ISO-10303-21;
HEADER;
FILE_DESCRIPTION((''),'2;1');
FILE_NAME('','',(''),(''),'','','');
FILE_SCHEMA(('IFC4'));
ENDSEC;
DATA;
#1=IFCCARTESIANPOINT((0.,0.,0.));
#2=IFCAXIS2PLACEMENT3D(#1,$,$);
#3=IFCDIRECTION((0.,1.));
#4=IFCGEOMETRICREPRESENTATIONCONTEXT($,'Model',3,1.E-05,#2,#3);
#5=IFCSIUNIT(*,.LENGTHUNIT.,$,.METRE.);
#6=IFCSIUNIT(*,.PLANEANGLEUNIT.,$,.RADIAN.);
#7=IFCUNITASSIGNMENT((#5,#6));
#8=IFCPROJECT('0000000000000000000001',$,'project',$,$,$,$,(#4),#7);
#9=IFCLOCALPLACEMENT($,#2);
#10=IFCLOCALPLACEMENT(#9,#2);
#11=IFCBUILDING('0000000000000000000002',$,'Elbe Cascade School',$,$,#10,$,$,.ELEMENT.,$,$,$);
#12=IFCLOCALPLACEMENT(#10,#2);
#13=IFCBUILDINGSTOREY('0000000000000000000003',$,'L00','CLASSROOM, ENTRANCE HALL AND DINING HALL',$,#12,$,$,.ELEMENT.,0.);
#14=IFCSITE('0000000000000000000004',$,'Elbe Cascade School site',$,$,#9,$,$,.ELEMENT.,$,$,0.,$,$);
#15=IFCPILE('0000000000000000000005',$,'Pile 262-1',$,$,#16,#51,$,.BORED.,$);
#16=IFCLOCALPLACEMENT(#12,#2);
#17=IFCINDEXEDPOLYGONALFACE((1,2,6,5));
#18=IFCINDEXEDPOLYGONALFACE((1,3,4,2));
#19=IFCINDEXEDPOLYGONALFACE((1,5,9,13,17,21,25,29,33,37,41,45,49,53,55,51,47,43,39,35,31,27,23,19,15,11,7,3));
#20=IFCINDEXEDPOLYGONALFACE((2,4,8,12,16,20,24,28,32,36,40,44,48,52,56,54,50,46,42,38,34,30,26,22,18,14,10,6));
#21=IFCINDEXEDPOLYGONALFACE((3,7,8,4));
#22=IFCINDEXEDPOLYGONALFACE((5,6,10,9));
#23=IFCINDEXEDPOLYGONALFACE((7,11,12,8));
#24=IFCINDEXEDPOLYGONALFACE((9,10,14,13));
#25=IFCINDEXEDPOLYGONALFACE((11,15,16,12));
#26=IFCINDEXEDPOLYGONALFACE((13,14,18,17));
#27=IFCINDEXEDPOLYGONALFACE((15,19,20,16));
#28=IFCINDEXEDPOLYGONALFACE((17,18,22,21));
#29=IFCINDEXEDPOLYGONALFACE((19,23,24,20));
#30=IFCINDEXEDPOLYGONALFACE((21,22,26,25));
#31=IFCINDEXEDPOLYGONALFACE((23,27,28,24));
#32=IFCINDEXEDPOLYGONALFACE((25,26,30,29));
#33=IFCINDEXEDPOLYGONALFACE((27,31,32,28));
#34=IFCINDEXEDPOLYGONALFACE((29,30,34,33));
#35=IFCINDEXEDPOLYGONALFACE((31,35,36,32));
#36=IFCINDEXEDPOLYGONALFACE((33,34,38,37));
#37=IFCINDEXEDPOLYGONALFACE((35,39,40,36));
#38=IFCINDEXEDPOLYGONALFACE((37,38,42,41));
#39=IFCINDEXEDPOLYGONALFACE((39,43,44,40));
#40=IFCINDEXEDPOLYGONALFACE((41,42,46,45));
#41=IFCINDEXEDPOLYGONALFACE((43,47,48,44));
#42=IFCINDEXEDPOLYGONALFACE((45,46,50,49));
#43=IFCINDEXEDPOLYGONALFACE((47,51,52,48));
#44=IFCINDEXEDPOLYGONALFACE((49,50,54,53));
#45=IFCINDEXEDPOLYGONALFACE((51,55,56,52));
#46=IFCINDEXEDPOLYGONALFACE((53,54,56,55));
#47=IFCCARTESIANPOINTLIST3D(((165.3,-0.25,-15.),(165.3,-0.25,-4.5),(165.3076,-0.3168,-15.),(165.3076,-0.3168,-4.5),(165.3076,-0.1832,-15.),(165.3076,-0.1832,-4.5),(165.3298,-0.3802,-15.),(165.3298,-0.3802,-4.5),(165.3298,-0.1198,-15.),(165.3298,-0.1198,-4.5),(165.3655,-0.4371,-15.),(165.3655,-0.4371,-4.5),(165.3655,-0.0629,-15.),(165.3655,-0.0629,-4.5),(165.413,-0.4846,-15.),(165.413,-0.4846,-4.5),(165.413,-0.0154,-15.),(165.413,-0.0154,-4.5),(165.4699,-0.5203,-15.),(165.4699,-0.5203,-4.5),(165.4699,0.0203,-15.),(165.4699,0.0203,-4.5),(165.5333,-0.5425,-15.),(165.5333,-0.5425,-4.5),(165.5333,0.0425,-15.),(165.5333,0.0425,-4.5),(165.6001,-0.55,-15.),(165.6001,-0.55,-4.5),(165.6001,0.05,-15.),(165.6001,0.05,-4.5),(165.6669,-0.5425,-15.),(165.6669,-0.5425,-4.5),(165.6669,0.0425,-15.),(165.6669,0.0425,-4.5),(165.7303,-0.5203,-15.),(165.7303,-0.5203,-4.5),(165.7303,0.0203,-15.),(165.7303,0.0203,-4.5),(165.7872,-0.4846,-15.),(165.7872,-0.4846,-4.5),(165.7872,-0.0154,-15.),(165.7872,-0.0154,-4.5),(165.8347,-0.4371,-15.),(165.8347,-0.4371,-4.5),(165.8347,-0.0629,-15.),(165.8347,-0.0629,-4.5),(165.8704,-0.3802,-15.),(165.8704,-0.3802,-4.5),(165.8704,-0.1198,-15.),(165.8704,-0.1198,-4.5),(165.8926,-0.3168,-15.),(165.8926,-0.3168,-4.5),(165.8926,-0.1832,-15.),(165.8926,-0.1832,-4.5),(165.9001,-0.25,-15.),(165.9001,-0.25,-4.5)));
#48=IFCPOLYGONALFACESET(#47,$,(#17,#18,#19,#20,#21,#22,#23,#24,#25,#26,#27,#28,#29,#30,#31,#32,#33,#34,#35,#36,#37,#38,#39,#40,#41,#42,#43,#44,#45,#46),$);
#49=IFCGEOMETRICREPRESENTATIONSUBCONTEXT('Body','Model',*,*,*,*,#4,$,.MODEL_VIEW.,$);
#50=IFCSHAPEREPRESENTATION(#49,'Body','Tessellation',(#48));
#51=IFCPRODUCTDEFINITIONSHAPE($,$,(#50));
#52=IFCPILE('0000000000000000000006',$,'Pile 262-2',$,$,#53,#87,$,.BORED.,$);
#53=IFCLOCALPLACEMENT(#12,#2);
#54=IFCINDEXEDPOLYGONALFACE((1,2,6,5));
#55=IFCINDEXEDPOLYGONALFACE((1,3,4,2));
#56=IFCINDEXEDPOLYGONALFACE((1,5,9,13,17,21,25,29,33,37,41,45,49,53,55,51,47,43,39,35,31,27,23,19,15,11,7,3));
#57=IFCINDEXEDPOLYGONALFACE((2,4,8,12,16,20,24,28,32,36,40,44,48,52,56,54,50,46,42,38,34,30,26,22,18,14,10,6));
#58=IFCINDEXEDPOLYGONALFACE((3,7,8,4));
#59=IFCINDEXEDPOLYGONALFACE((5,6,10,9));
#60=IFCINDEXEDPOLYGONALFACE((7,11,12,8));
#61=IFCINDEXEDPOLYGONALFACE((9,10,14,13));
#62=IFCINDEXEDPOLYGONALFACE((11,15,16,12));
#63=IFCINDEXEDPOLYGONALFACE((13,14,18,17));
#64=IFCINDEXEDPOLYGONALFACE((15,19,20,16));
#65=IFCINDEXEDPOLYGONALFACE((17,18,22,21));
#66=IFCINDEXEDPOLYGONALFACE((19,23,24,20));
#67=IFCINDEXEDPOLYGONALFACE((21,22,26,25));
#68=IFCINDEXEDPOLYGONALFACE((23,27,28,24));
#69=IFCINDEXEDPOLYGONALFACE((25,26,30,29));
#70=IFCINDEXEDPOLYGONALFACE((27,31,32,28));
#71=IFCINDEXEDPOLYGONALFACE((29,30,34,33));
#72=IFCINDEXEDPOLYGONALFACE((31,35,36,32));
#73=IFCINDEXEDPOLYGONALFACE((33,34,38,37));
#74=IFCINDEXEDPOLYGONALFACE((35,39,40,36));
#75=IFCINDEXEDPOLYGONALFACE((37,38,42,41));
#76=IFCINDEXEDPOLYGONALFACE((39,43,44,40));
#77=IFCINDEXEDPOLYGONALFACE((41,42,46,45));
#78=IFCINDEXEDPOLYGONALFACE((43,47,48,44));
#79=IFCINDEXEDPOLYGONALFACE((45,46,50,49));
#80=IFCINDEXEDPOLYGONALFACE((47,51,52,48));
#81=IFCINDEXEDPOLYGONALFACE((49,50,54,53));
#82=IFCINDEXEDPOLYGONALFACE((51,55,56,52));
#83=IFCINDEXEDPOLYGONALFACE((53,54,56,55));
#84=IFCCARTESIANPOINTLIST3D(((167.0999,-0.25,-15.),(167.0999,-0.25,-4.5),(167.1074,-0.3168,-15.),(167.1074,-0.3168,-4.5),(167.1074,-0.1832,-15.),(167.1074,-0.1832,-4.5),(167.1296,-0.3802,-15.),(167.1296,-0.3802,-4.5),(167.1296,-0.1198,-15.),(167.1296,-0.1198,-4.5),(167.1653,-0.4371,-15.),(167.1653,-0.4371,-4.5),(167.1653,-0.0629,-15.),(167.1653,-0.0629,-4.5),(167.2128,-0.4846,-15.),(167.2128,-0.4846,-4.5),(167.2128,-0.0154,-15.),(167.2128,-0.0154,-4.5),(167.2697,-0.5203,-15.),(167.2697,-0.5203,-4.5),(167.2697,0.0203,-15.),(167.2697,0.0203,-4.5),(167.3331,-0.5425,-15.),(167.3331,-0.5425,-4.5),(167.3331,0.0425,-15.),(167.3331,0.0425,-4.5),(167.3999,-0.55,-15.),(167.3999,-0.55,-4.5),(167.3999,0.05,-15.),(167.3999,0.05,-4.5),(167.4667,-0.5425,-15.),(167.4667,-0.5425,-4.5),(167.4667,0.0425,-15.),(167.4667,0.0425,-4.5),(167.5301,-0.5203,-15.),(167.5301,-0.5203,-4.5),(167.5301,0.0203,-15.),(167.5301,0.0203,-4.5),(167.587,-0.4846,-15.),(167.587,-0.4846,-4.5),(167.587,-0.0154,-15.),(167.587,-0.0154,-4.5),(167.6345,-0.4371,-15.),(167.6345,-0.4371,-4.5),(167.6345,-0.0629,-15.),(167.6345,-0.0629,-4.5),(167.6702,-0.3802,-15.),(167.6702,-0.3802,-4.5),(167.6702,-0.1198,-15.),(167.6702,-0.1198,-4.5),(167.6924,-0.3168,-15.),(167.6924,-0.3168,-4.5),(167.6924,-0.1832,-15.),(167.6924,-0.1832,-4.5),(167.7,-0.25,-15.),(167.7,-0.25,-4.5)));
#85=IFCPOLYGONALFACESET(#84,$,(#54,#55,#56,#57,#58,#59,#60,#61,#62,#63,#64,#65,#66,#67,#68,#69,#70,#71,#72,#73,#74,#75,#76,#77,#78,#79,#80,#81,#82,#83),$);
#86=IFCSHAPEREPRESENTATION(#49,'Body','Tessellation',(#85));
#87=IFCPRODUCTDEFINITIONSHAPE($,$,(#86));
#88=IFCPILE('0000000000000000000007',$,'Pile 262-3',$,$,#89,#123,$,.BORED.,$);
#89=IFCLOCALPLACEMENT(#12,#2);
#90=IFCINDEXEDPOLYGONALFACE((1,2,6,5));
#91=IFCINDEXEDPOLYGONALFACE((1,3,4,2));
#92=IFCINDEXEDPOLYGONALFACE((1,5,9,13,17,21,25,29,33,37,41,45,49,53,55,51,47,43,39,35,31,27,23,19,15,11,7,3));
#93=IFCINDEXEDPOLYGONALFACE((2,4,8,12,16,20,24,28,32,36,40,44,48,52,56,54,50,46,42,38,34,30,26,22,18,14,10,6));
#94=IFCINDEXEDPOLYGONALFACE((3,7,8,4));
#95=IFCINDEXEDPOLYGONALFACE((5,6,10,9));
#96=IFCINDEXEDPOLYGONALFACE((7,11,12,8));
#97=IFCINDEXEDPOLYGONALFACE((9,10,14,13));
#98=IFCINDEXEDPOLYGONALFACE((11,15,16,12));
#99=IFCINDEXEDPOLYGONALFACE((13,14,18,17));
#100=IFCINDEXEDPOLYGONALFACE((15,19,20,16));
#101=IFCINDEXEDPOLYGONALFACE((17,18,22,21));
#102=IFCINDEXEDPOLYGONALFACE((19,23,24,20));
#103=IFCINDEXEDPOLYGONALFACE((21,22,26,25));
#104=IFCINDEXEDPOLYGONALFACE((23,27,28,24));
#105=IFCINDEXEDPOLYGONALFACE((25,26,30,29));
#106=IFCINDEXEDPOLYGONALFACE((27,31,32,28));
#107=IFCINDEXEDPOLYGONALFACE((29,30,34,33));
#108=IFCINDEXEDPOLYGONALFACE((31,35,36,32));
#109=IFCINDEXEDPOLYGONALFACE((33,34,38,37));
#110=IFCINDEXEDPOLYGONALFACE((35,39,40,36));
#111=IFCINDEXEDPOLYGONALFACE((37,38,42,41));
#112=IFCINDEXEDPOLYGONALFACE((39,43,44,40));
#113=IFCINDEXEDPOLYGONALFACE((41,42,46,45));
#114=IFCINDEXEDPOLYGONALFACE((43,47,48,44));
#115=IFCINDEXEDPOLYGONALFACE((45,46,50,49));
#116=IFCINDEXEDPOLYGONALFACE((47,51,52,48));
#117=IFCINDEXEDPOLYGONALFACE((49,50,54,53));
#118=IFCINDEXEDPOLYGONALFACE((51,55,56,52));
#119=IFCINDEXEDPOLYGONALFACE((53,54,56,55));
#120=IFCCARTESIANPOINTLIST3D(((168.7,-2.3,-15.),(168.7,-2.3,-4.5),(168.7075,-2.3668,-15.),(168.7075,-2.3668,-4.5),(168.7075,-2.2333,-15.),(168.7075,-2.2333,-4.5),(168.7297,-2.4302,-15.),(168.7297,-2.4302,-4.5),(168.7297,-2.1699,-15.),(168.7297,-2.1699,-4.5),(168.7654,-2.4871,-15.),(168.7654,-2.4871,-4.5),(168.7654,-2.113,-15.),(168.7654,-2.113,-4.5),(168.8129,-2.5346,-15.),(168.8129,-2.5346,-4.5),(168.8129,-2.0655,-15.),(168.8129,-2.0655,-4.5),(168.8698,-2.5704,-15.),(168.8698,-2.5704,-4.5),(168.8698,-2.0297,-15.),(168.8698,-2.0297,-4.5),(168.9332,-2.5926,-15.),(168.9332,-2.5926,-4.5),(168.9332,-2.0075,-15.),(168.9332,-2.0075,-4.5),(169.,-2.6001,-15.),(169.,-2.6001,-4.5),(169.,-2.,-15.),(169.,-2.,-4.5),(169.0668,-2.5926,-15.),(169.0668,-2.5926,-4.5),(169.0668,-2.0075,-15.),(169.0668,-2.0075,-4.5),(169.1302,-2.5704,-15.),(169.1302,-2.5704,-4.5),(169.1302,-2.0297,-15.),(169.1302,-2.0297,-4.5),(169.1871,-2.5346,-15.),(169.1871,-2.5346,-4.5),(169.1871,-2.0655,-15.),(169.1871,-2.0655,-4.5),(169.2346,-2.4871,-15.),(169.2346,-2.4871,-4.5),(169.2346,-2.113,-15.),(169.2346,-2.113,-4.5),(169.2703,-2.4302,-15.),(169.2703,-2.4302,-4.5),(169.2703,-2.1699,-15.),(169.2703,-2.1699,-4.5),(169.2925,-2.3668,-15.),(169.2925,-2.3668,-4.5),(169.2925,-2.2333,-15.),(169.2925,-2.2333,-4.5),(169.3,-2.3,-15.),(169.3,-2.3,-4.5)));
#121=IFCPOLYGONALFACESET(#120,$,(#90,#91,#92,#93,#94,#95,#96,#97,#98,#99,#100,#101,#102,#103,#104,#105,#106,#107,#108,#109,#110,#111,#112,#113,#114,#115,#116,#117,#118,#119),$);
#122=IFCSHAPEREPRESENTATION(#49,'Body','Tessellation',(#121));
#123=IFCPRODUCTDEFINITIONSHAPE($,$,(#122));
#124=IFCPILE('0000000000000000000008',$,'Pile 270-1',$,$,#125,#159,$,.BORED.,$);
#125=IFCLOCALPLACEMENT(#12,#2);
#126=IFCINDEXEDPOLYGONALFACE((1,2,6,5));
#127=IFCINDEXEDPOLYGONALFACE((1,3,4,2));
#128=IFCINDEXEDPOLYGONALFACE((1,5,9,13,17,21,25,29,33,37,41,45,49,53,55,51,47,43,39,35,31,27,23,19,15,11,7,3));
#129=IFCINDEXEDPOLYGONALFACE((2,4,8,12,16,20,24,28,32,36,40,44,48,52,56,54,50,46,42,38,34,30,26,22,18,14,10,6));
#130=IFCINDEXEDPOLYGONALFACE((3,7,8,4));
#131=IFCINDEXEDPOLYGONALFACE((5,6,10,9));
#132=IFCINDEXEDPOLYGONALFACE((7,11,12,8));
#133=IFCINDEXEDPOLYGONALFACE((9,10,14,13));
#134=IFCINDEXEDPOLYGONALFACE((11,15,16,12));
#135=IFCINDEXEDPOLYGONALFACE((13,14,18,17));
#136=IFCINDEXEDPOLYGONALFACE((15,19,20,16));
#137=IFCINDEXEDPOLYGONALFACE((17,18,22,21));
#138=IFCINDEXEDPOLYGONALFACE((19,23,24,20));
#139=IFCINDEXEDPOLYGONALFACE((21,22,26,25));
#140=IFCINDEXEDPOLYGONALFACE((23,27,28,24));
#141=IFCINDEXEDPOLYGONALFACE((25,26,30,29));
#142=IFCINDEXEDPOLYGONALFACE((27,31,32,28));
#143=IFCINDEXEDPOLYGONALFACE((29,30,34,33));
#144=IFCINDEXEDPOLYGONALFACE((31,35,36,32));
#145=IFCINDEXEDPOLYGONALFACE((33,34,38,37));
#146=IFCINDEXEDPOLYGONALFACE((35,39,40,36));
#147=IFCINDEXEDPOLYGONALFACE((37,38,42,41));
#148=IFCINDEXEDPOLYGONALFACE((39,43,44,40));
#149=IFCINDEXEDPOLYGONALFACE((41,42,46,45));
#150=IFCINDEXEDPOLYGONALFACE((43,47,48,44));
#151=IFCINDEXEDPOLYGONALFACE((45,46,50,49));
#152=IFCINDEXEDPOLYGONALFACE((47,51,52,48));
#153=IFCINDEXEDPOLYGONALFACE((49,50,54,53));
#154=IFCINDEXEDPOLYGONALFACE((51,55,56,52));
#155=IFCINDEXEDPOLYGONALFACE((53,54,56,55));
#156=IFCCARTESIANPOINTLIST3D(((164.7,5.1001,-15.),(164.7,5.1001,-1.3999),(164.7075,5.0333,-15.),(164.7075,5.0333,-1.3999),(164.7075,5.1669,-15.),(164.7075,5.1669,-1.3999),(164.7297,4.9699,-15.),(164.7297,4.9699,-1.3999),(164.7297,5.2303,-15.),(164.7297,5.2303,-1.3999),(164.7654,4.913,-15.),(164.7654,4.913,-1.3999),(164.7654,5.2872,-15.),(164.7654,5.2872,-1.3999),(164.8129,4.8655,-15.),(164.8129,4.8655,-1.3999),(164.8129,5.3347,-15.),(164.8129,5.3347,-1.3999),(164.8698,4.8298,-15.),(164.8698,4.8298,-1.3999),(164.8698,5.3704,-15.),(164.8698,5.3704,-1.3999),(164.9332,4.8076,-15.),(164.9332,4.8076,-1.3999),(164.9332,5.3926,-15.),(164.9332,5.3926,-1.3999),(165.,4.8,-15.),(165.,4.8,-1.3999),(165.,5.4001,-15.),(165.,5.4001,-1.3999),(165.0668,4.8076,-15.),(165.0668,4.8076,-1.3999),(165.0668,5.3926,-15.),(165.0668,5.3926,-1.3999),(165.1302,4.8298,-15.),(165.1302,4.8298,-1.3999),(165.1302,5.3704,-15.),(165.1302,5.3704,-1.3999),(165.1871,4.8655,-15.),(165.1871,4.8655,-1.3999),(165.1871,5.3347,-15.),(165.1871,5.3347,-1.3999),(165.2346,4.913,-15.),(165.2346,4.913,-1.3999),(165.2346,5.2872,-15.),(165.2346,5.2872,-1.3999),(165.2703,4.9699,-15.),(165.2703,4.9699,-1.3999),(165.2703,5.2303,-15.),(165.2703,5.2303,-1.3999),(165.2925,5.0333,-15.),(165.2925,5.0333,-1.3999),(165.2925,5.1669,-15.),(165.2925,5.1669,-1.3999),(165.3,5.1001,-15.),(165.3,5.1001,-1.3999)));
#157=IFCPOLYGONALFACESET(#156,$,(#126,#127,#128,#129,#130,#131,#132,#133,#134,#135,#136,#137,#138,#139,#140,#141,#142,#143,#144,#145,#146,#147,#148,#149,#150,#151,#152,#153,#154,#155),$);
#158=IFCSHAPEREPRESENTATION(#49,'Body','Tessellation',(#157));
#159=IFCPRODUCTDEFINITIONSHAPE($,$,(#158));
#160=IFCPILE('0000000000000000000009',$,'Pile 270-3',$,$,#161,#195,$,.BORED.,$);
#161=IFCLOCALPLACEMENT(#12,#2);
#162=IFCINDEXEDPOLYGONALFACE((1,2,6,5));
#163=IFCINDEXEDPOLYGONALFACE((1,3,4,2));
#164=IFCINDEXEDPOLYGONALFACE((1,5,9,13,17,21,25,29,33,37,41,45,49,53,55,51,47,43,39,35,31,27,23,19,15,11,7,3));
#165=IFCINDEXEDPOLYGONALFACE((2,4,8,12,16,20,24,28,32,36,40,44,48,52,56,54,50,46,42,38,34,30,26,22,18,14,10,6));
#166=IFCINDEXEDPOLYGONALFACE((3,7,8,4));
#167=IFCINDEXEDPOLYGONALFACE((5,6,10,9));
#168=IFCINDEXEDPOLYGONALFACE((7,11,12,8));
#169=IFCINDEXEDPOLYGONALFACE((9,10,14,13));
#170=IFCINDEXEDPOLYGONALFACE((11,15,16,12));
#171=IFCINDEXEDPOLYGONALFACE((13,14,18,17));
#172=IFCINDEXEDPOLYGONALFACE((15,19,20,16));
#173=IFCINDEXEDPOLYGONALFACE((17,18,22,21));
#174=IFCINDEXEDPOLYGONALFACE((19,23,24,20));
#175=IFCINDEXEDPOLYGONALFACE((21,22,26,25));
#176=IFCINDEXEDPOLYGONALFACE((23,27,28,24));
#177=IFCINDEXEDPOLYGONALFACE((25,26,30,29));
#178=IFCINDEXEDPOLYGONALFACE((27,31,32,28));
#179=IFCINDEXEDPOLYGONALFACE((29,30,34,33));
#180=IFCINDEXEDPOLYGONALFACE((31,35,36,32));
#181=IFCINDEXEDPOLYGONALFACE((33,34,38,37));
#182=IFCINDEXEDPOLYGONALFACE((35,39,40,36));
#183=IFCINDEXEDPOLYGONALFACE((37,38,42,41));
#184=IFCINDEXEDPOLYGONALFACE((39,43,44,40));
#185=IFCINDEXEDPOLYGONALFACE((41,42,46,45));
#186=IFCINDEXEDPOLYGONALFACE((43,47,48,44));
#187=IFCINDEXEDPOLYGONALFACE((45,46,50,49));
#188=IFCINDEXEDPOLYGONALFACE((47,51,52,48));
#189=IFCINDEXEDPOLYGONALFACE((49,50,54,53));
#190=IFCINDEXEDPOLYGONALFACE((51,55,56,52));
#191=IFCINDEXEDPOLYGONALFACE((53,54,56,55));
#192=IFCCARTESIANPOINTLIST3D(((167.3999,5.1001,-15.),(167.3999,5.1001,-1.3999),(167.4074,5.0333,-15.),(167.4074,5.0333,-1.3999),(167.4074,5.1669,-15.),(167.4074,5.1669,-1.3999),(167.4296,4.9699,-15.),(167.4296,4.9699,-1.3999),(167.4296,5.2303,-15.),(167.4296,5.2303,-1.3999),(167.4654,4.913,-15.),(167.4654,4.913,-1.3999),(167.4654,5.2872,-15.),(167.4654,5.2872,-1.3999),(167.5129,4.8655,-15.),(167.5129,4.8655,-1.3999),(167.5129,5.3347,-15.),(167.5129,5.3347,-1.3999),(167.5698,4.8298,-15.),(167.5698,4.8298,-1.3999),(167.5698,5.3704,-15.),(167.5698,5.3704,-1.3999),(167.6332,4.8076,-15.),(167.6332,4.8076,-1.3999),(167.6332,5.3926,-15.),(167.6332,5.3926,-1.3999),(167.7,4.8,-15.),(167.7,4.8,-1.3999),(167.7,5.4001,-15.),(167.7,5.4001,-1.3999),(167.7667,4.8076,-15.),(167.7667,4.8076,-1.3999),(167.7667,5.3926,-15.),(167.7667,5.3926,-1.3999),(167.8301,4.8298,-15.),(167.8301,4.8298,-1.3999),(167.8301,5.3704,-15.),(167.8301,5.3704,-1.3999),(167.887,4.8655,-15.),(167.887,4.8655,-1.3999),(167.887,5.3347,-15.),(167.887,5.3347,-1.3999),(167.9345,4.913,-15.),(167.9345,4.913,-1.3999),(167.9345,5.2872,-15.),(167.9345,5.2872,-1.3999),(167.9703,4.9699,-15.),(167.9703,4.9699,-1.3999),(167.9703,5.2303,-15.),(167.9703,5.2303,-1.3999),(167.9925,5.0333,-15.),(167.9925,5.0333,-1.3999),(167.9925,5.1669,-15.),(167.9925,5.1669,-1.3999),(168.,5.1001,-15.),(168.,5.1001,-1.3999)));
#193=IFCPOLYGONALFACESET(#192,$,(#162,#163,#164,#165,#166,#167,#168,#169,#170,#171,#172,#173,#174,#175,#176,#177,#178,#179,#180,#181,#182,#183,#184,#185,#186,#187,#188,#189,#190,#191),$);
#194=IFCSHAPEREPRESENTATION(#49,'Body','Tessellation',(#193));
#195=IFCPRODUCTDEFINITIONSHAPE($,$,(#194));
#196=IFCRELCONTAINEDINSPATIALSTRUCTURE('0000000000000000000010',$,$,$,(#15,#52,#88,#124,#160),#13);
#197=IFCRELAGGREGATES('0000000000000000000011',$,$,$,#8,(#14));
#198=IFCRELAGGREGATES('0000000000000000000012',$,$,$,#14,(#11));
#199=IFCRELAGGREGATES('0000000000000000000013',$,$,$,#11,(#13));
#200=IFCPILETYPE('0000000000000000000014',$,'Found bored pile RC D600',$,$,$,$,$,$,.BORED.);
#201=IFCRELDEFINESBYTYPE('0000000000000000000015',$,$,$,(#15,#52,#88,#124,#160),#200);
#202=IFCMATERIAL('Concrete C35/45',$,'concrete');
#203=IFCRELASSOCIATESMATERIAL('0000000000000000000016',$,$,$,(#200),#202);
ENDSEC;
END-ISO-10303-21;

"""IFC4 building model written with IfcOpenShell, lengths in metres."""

from ifc_helpers import new_model, si_unit, direction, frame, origin, origin_2d, place, context, subcontext, project, spatial, circle, extrude, material, material_profile, profile_set, type_object, element, save


model = new_model("IFC4")

# Units and contexts
model_context = context("Model", 3, precision=1e-05, world=origin(), true_north=direction((0.0, 1.0)))
body_context = subcontext(model_context, "Body", "Model", "MODEL_VIEW")
ifc_project = project(units=[si_unit("LENGTHUNIT", "METRE"), si_unit("PLANEANGLEUNIT", "RADIAN")], contexts=[model_context])

# Site, building, storey
site_placement = place(None, origin())
site = spatial("IfcSite", under=ifc_project, at=site_placement, Name="Elbe Cascade School site", CompositionType="ELEMENT", RefElevation=0.0)
building_placement = place(site_placement, origin())
building = spatial("IfcBuilding", under=site, at=building_placement, Name="Elbe Cascade School", CompositionType="ELEMENT")
storey_placement = place(building_placement, origin())
storey = spatial("IfcBuildingStorey", under=building, at=storey_placement, Name="L00", Description="CLASSROOM, ENTRANCE HALL AND DINING HALL", CompositionType="ELEMENT", Elevation=0.0)

# Piles
ifc_material_1 = material(Name="Concrete C35/45", Category="concrete")
ifc_material_profile_1 = material_profile(ifc_material_1, circle(Radius=0.3, at=origin_2d()), Name="RC D600")
ifc_profile_set_1 = profile_set([ifc_material_profile_1], Name="Concrete C35/45")
pile_type = type_object("IfcPileType", Name="Found bored pile RC D600", PredefinedType="BORED", material=ifc_profile_set_1)
for number, where, z_axis, x_axis, name in (
    (1, (165.6001, -0.25, -4.5), (0.0, 0.0, -1.0), (1.0, 0.0, 0.0), "Pile 262-1"),
    (2, (167.3999, -0.25, -4.5), (0.0, 0.0, -1.0), (1.0, 0.0, 0.0), "Pile 262-2"),
    (3, (169.0, -2.3, -4.5), (0.0, 0.0, -1.0), (1.0, 0.0, 0.0), "Pile 262-3"),
):
    element("IfcPile", number, at=place(storey_placement, frame(where, z_axis=z_axis, x_axis=x_axis)), inside=storey, type_object=pile_type, Name=name, PredefinedType="BORED", context=body_context, shape_type="SweptSolid", body=[
        extrude(circle(Radius=0.3, at=origin_2d()), origin(), (0.0, 0.0, 1.0), 10.5),
    ])
for number, where, z_axis, x_axis, name in (
    (4, (165.0, 5.1001, -1.3999), (0.0, 0.0, -1.0), (1.0, 0.0, 0.0), "Pile 270-1"),
    (5, (167.7, 5.1001, -1.3999), (0.0, 0.0, -1.0), (1.0, 0.0, 0.0), "Pile 270-3"),
):
    element("IfcPile", number, at=place(storey_placement, frame(where, z_axis=z_axis, x_axis=x_axis)), inside=storey, type_object=pile_type, Name=name, PredefinedType="BORED", context=body_context, shape_type="SweptSolid", body=[
        extrude(circle(Radius=0.3, at=origin_2d()), origin(), (0.0, 0.0, 1.0), 13.6001),
    ])

save(model, "model.ifc")
